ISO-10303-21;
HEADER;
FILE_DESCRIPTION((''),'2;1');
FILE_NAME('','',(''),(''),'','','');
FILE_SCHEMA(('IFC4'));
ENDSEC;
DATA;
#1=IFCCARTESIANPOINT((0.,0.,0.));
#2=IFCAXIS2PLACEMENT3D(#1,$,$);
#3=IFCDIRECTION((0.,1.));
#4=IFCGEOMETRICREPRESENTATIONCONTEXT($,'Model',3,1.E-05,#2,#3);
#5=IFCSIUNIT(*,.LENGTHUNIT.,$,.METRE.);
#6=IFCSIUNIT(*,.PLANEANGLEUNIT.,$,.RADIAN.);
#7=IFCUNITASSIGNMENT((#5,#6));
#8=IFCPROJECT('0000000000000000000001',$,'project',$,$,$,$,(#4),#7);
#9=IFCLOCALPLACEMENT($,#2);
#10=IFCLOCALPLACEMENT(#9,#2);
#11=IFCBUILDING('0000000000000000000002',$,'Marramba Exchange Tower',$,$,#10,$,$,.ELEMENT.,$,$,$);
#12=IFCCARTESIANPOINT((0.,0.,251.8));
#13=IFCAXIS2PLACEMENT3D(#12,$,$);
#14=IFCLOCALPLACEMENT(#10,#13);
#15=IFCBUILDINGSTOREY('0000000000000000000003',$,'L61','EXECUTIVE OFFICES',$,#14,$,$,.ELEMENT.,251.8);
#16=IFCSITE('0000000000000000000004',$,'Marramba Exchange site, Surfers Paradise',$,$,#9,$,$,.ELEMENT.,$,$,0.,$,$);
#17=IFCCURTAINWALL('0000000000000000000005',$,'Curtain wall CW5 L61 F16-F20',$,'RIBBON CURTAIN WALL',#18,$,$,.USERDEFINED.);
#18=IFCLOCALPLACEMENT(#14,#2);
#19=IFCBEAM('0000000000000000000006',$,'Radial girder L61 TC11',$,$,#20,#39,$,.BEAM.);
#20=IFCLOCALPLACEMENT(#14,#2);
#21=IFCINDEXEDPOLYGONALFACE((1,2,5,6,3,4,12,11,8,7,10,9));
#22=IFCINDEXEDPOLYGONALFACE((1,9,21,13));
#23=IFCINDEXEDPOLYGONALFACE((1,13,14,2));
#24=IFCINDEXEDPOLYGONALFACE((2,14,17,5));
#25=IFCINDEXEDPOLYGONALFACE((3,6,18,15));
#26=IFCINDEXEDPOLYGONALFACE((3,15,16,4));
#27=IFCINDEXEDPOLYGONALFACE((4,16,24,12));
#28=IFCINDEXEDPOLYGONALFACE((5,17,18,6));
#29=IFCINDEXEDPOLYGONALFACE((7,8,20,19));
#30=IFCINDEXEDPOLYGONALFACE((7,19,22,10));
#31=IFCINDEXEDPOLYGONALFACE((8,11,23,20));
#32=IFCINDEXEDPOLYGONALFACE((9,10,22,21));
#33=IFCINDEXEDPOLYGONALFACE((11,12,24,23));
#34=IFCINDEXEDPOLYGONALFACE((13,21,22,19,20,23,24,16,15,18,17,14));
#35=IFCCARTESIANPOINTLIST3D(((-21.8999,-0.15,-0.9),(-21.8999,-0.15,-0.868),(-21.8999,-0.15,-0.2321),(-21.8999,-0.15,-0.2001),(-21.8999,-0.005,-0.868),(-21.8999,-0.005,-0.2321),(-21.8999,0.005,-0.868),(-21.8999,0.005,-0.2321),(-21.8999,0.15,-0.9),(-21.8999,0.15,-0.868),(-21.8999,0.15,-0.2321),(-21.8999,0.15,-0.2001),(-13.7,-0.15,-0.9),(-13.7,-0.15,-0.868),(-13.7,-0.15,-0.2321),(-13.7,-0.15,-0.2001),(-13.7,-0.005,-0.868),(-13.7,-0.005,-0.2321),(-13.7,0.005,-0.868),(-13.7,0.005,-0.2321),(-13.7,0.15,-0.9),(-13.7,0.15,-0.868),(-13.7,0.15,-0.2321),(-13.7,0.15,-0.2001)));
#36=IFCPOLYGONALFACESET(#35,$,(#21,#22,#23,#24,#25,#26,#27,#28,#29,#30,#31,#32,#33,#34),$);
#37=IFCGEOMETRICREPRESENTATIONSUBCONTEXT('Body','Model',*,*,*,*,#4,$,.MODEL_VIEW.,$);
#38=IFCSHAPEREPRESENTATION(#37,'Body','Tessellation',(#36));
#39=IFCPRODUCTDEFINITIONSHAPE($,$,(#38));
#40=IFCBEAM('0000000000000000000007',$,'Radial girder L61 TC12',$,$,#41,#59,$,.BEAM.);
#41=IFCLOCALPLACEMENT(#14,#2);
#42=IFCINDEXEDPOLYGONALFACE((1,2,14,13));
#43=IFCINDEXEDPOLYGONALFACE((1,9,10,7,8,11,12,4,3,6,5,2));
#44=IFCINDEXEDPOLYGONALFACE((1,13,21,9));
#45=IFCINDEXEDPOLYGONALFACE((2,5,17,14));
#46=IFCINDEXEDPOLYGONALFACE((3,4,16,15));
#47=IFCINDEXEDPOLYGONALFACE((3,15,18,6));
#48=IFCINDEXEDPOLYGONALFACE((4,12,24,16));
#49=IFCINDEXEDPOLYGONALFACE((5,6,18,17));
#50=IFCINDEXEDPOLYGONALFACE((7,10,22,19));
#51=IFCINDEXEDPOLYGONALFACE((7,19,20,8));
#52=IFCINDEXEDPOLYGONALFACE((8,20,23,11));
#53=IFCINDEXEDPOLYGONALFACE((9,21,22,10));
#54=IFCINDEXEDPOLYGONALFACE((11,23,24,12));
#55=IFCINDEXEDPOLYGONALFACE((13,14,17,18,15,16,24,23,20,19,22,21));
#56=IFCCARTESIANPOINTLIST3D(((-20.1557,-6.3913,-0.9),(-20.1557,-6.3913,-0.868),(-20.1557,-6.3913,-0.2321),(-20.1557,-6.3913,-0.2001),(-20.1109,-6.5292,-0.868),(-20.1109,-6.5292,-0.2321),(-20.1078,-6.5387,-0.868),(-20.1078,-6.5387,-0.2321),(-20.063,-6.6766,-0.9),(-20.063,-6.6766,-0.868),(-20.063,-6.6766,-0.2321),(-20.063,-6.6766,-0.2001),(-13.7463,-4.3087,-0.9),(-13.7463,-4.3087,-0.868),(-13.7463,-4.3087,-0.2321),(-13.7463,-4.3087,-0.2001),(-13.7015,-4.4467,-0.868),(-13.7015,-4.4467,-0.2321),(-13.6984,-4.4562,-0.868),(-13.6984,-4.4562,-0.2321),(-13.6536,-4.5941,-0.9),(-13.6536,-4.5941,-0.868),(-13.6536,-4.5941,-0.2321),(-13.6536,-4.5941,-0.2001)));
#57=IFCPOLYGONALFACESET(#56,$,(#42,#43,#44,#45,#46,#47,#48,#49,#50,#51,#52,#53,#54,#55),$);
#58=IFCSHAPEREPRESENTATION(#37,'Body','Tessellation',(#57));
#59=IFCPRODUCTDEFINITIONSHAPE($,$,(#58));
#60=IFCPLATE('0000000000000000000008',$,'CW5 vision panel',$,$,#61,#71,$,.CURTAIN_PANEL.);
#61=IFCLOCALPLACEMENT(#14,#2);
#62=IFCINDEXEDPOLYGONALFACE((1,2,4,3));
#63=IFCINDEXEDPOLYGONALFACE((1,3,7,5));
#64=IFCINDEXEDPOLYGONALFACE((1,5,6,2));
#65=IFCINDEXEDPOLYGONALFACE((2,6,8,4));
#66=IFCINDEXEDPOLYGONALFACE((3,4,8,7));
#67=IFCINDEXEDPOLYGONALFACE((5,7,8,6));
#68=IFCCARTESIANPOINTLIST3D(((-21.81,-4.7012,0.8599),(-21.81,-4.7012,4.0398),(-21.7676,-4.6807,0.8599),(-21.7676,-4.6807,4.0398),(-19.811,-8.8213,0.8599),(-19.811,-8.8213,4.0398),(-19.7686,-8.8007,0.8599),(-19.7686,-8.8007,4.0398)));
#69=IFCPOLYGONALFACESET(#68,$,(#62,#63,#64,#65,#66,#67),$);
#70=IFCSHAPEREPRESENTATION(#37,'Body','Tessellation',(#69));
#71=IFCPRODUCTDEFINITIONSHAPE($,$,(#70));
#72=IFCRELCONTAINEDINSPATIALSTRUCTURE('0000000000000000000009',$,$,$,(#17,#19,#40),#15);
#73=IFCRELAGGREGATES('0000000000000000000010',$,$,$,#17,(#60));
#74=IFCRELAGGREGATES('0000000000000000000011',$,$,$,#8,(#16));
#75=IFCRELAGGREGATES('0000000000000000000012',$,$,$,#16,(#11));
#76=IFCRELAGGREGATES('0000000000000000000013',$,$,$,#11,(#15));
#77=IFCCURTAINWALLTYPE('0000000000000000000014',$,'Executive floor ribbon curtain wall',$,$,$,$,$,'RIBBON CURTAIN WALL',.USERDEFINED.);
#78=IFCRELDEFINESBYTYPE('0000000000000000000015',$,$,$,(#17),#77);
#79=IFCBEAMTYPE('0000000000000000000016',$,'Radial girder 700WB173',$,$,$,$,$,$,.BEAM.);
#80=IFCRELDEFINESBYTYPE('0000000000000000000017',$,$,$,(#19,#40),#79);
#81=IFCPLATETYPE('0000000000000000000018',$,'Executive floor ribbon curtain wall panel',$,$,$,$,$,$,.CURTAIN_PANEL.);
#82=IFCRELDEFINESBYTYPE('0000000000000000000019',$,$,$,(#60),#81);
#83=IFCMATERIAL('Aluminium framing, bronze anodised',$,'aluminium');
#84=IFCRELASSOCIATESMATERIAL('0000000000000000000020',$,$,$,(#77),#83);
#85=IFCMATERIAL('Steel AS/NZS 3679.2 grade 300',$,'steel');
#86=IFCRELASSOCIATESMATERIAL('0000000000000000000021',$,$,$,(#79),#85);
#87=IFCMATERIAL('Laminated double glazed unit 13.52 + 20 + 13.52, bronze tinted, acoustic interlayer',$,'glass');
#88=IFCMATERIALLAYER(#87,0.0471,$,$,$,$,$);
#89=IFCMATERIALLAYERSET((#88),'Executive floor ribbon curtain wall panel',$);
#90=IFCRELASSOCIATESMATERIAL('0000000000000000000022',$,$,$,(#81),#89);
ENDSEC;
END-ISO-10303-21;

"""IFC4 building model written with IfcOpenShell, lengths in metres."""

from ifc_helpers import new_model, si_unit, direction, frame, origin, origin_2d, place, context, subcontext, project, spatial, rectangle, i_section, extrude, material, layer, layer_set, material_profile, profile_set, type_object, element, aggregate, save


model = new_model("IFC4")

# Units and contexts
model_context = context("Model", 3, precision=1e-05, world=origin(), true_north=direction((0.0, 1.0)))
body_context = subcontext(model_context, "Body", "Model", "MODEL_VIEW")
ifc_project = project(units=[si_unit("LENGTHUNIT", "METRE"), si_unit("PLANEANGLEUNIT", "RADIAN")], contexts=[model_context])

# Site, building, storey
site_placement = place(None, origin())
site = spatial("IfcSite", under=ifc_project, at=site_placement, Name="Marramba Exchange site, Surfers Paradise", CompositionType="ELEMENT", RefElevation=0.0)
building_placement = place(site_placement, origin())
building = spatial("IfcBuilding", under=site, at=building_placement, Name="Marramba Exchange Tower", CompositionType="ELEMENT")
storey_placement = place(building_placement, frame((0.0, 0.0, 251.8)))
storey = spatial("IfcBuildingStorey", under=building, at=storey_placement, Name="L61", Description="EXECUTIVE OFFICES", CompositionType="ELEMENT", Elevation=251.8)

# Shared definitions
ifc_material_1 = material(Name="Steel AS/NZS 3679.2 grade 300", Category="steel")

# Curtain wall
ifc_material_2 = material(Name="Aluminium framing, bronze anodised", Category="aluminium")
curtain_wall_type = type_object("IfcCurtainWallType", Name="Executive floor ribbon curtain wall", ElementType="RIBBON CURTAIN WALL", PredefinedType="USERDEFINED", material=ifc_material_2)
curtain_wall_placement = place(storey_placement, origin())
curtain_wall = element("IfcCurtainWall", 1, at=curtain_wall_placement, inside=storey, type_object=curtain_wall_type, Name="Curtain wall CW5 L61 F16-F20", ObjectType="RIBBON CURTAIN WALL", PredefinedType="USERDEFINED")

# Beams
ifc_material_profile_1 = material_profile(ifc_material_1, i_section(OverallWidth=0.3, OverallDepth=0.7, WebThickness=0.01, FlangeThickness=0.032, at=origin_2d()), Name="700WB173")
ifc_profile_set_1 = profile_set([ifc_material_profile_1], Name="Steel AS/NZS 3679.2 grade 300")
beam_type_1 = type_object("IfcBeamType", Name="Radial girder 700WB173", PredefinedType="BEAM", material=ifc_profile_set_1)
beam_1_placement = place(storey_placement, frame((-13.7, 0.0, -0.55), z_axis=(-1.0, 0.0, 0.0), x_axis=(0.0, -1.0, 0.0)))
element("IfcBeam", 2, at=beam_1_placement, inside=storey, type_object=beam_type_1, Name="Radial girder L61 TC11", PredefinedType="BEAM", context=body_context, shape_type="SweptSolid", body=[
    extrude(i_section(OverallWidth=0.3, OverallDepth=0.7, WebThickness=0.01, FlangeThickness=0.032, at=origin_2d()), origin(), (0.0, 0.0, 1.0), 8.2),
])
beam_2_placement = place(storey_placement, frame((-13.7, -4.4514, -0.55), z_axis=(-0.951058, -0.309013, 0.0), x_axis=(0.309013, -0.951058, 0.0)))
element("IfcBeam", 3, at=beam_2_placement, inside=storey, type_object=beam_type_1, Name="Radial girder L61 TC12", PredefinedType="BEAM", context=body_context, shape_type="SweptSolid", body=[
    extrude(i_section(OverallWidth=0.3, OverallDepth=0.7, WebThickness=0.01, FlangeThickness=0.032, at=origin_2d()), origin(), (0.0, 0.0, 1.0), 6.7393),
])

# Plate
ifc_material_3 = material(Name="Laminated double glazed unit 13.52 + 20 + 13.52, bronze tinted, acoustic interlayer", Category="glass")
ifc_layer_1 = layer(ifc_material_3, 0.0471)
ifc_layer_set_1 = layer_set([ifc_layer_1], Name="Executive floor ribbon curtain wall panel")
plate_type = type_object("IfcPlateType", Name="Executive floor ribbon curtain wall panel", PredefinedType="CURTAIN_PANEL", material=ifc_layer_set_1)
plate_placement = place(storey_placement, frame((-20.7893, -6.751, 0.8599), z_axis=(0.0, 0.0, 1.0), x_axis=(0.436515, -0.899697, 0.0)))
plate = element("IfcPlate", 4, at=plate_placement, type_object=plate_type, Name="CW5 vision panel", PredefinedType="CURTAIN_PANEL", context=body_context, shape_type="SweptSolid", body=[
    extrude(rectangle(XDim=4.5793, YDim=0.0471, at=origin_2d()), origin(), (0.0, 0.0, 1.0), 3.1799),
])
aggregate(curtain_wall, [plate])

save(model, "model.ifc")
